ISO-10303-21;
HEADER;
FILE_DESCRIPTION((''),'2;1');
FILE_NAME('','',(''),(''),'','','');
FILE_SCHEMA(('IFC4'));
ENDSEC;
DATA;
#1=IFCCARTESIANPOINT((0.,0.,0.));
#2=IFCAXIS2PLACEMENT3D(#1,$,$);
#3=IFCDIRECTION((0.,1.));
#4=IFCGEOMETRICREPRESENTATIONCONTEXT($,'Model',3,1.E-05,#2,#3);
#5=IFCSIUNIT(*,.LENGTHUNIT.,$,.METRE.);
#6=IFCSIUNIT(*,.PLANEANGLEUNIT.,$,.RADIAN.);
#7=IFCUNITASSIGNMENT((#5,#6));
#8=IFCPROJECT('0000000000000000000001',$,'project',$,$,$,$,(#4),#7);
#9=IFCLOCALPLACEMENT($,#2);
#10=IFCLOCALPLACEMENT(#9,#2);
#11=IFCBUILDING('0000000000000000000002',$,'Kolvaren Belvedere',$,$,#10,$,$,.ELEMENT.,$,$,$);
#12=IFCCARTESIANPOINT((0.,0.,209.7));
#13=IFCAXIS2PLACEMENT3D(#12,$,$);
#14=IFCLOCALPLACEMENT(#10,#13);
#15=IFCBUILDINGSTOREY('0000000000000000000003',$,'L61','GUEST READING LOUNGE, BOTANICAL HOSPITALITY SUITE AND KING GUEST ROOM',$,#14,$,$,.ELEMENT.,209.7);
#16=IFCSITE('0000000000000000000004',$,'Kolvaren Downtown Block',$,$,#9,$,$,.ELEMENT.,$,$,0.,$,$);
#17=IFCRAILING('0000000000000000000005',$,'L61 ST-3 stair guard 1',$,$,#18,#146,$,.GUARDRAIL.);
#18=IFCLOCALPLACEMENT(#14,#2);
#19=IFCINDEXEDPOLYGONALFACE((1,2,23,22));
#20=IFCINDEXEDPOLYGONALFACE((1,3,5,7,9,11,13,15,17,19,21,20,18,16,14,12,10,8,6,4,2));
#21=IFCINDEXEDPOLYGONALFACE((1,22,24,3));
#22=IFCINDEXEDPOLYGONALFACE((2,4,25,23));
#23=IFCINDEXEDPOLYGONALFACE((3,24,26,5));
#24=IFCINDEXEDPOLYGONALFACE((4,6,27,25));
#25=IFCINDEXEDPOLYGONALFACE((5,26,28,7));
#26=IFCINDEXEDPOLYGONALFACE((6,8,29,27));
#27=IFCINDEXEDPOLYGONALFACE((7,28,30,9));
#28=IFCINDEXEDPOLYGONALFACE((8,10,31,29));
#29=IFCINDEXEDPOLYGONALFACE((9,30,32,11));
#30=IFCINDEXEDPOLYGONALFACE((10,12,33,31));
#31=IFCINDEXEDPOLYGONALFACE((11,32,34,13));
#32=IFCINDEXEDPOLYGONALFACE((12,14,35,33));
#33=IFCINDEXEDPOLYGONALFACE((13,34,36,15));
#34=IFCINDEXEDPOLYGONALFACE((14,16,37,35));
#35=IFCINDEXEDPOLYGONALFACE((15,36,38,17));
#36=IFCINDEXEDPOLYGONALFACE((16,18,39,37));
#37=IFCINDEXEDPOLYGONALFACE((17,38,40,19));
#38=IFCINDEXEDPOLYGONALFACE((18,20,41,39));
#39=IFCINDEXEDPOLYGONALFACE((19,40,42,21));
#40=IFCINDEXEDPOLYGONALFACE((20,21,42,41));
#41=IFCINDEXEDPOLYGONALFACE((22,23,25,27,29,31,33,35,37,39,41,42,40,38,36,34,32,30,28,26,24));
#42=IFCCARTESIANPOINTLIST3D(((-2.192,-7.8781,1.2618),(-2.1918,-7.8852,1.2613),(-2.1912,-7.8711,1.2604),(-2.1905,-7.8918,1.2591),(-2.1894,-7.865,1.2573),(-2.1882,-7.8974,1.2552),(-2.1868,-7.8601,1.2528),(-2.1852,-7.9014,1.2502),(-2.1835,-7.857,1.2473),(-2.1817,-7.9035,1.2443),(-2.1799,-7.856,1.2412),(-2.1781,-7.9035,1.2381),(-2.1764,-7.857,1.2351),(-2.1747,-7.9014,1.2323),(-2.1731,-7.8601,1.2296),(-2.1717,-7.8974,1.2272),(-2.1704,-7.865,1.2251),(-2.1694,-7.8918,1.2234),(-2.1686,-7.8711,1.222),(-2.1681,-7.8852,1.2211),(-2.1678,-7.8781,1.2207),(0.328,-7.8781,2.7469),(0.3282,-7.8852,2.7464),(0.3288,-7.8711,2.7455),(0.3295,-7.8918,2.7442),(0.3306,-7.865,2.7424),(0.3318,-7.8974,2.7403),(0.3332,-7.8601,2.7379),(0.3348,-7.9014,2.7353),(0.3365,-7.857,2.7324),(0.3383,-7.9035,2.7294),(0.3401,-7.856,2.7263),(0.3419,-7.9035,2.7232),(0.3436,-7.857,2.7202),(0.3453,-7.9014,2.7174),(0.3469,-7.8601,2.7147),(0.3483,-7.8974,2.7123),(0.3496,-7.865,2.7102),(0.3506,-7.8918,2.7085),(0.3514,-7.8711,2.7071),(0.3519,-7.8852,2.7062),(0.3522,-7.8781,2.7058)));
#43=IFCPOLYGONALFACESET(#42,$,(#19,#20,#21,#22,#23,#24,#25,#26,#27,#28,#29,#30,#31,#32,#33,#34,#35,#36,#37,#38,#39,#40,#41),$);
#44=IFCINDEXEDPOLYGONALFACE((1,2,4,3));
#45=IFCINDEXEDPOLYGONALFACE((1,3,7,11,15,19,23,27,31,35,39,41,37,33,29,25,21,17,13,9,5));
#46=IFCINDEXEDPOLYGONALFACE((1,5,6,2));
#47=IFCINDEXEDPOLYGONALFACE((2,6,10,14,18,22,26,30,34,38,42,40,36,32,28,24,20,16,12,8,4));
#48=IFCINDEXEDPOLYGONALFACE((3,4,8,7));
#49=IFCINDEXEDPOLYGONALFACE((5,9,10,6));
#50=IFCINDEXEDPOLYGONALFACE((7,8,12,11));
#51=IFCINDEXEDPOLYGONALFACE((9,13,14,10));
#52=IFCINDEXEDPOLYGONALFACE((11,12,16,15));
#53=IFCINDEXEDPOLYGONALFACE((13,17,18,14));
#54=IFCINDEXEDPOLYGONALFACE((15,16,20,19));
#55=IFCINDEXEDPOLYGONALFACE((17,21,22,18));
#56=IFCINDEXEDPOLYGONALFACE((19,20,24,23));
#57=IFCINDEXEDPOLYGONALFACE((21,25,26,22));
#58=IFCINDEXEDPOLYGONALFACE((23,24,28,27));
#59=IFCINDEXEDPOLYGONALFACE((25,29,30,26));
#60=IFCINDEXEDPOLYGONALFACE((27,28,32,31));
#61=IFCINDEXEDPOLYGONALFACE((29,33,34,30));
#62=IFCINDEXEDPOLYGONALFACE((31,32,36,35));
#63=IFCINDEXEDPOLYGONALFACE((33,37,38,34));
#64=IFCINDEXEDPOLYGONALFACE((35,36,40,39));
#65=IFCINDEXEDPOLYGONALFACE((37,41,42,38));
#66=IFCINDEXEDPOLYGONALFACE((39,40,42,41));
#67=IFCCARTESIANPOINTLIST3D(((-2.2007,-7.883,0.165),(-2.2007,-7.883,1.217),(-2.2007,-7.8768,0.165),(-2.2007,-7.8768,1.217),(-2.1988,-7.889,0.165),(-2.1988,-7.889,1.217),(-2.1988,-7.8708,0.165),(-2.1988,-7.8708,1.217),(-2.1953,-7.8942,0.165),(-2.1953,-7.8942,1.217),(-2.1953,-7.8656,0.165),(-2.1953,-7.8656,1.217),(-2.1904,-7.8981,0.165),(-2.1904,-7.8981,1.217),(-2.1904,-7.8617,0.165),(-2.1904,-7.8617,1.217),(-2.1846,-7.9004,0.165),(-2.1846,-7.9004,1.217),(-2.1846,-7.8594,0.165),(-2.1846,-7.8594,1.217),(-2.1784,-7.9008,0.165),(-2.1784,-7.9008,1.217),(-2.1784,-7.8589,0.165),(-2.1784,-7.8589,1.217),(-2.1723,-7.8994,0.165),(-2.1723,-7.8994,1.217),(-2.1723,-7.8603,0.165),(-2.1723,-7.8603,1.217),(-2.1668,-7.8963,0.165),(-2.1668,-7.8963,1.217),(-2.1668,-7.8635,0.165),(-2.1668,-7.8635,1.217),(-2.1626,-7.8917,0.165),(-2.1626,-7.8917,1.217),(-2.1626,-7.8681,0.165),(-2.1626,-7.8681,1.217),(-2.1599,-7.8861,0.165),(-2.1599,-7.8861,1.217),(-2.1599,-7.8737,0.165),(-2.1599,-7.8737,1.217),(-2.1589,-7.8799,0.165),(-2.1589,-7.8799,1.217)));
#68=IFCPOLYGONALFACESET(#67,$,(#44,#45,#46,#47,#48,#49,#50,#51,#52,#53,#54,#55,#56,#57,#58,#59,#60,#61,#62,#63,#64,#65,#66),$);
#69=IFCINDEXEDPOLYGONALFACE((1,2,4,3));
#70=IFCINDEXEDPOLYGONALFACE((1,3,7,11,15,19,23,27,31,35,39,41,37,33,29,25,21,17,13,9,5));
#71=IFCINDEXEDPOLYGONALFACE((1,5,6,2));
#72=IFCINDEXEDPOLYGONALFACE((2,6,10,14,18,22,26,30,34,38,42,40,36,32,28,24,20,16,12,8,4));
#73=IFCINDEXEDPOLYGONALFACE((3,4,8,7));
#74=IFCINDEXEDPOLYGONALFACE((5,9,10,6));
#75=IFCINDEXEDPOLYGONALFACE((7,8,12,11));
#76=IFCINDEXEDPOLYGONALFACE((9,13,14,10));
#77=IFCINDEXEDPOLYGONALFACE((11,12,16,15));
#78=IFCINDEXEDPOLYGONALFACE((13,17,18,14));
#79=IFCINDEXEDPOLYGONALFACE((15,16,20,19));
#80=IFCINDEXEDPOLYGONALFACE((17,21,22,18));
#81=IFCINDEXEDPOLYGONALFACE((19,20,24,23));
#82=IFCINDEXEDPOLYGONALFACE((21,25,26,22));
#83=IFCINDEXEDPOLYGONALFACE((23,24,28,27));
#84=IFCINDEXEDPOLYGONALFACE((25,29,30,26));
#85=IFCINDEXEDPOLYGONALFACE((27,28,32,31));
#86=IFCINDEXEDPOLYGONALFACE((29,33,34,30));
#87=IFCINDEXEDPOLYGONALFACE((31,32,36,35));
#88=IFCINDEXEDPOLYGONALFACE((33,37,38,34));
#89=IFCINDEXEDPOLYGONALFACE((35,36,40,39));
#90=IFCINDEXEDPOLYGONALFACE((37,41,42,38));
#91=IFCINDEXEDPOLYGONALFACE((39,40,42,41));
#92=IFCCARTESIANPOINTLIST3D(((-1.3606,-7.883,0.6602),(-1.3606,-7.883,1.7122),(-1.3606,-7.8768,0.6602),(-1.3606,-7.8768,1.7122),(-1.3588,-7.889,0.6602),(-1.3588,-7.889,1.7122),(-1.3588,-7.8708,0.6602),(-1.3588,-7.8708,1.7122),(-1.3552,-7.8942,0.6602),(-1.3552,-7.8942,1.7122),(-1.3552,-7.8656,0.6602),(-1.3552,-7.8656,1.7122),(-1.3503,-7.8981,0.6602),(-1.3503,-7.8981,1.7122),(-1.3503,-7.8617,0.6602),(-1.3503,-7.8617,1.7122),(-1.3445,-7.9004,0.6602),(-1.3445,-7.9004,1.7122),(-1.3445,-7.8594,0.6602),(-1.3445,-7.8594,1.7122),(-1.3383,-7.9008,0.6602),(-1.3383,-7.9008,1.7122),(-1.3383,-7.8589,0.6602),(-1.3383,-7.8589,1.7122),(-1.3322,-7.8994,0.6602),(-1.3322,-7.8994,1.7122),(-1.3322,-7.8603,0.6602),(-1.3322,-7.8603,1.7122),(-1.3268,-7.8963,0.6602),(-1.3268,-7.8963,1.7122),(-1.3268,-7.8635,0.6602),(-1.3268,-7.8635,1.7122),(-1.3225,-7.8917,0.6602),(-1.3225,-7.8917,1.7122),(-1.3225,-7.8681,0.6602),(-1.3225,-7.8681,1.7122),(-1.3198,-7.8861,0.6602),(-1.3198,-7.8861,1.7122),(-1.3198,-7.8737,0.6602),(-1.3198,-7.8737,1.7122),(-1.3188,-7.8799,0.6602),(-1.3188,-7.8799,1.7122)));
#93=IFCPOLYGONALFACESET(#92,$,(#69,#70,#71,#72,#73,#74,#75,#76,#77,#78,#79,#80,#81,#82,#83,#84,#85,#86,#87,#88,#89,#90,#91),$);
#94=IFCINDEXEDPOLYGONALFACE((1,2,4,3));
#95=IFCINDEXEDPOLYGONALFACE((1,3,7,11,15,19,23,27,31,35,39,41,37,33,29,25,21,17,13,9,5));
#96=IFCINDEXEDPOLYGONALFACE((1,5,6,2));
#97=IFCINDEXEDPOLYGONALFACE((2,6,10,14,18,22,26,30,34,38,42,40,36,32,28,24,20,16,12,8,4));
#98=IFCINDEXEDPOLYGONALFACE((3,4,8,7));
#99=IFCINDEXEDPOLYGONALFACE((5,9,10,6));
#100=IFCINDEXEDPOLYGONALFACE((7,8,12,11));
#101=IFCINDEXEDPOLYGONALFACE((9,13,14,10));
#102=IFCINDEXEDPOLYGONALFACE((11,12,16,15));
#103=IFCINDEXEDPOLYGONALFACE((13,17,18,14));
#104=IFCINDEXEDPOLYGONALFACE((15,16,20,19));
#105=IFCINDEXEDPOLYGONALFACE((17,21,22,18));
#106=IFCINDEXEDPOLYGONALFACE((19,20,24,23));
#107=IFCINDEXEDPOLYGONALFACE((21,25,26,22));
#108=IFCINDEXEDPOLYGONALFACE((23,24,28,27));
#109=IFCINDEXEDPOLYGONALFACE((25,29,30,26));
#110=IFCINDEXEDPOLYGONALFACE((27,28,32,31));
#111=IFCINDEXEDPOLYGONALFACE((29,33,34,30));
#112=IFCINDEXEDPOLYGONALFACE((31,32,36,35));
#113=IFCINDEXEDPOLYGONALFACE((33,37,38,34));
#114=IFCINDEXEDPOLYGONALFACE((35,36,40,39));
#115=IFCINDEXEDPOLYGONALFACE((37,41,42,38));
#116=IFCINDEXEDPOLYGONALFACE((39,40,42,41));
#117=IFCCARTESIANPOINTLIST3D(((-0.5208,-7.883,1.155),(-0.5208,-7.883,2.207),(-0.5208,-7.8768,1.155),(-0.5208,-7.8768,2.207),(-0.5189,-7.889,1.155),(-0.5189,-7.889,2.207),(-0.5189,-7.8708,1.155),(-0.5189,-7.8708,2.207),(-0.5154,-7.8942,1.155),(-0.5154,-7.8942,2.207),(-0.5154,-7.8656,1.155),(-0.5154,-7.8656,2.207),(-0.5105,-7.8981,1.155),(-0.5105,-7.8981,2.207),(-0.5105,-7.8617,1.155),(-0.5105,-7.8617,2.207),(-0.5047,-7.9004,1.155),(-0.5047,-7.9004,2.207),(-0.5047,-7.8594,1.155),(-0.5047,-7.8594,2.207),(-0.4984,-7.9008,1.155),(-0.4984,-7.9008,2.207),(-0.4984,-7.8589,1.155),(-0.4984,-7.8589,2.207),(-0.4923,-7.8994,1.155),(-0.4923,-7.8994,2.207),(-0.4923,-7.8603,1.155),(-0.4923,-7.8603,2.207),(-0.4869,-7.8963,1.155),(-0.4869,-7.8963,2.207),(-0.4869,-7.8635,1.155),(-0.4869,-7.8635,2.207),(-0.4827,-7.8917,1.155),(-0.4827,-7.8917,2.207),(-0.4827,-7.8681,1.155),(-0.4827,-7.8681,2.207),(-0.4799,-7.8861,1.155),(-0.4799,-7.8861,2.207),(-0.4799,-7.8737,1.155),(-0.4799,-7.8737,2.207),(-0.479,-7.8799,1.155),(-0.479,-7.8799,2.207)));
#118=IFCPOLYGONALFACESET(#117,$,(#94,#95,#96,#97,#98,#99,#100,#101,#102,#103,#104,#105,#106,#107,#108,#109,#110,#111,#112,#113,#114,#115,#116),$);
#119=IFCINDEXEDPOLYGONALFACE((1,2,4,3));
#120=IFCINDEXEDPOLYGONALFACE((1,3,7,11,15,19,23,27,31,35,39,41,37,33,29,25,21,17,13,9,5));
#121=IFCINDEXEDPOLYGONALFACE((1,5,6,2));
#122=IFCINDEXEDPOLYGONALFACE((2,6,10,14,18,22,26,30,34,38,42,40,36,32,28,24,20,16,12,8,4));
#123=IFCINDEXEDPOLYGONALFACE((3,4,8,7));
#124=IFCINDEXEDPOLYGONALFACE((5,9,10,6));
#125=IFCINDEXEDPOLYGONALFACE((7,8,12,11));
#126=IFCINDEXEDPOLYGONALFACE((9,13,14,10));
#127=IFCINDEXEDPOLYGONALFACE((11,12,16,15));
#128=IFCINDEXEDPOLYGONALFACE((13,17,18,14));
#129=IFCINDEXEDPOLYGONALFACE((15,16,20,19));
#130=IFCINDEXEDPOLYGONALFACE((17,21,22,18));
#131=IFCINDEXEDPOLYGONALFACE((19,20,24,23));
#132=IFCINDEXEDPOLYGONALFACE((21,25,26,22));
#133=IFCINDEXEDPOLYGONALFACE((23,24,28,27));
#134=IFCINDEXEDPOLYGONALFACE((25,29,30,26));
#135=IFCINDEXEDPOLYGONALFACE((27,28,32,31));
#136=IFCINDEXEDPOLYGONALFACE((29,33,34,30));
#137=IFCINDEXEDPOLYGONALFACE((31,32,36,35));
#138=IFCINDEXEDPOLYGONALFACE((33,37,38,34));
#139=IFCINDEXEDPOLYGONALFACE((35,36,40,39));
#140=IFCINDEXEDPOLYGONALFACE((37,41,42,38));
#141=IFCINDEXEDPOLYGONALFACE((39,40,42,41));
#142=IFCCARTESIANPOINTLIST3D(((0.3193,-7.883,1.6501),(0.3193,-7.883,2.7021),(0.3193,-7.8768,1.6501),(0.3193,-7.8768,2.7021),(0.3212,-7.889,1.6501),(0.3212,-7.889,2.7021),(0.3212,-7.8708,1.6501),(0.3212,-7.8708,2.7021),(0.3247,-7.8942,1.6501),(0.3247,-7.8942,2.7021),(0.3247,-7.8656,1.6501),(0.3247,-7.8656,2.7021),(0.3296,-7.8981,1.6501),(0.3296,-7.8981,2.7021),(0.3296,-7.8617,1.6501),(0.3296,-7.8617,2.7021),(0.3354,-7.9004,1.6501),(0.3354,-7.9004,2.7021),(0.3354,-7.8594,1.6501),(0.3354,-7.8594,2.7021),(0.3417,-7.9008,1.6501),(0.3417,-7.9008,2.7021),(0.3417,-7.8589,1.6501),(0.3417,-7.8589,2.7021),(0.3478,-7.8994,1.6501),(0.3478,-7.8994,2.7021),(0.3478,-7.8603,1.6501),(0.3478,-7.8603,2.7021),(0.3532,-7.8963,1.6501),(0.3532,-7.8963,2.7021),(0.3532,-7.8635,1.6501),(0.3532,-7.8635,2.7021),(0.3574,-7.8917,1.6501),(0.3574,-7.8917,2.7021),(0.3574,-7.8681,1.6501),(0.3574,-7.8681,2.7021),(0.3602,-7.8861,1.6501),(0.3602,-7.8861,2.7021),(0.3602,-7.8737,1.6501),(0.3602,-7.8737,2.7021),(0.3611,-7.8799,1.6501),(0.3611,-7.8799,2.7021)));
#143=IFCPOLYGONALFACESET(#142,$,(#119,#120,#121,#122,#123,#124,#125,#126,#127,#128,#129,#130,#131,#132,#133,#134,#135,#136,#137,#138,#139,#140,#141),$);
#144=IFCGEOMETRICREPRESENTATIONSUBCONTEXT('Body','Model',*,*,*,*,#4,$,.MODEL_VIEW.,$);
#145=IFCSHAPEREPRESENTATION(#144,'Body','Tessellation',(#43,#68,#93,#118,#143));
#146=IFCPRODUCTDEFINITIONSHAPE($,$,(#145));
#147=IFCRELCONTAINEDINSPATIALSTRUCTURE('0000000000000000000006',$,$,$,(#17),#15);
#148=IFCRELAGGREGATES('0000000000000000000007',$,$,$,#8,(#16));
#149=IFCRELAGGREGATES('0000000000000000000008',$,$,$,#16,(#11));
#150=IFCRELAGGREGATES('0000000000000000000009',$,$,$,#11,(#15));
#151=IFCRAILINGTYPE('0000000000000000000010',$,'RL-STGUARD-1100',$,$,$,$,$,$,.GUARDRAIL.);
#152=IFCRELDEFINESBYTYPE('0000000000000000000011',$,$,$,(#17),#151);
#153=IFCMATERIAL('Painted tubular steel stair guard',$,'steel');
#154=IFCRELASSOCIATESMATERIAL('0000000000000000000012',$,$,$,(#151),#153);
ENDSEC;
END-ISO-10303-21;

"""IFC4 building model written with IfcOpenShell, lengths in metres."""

from ifc_helpers import new_model, si_unit, direction, frame, origin, origin_2d, place, context, subcontext, project, spatial, circle, extrude, material, type_object, element, save


model = new_model("IFC4")

# Units and contexts
model_context = context("Model", 3, precision=1e-05, world=origin(), true_north=direction((0.0, 1.0)))
body_context = subcontext(model_context, "Body", "Model", "MODEL_VIEW")
ifc_project = project(units=[si_unit("LENGTHUNIT", "METRE"), si_unit("PLANEANGLEUNIT", "RADIAN")], contexts=[model_context])

# Site, building, storey
site_placement = place(None, origin())
site = spatial("IfcSite", under=ifc_project, at=site_placement, Name="Kolvaren Downtown Block", CompositionType="ELEMENT", RefElevation=0.0)
building_placement = place(site_placement, origin())
building = spatial("IfcBuilding", under=site, at=building_placement, Name="Kolvaren Belvedere", CompositionType="ELEMENT")
storey_placement = place(building_placement, frame((0.0, 0.0, 209.7)))
storey = spatial("IfcBuildingStorey", under=building, at=storey_placement, Name="L61", Description="GUEST READING LOUNGE, BOTANICAL HOSPITALITY SUITE AND KING GUEST ROOM", CompositionType="ELEMENT", Elevation=209.7)

# Railing
ifc_material_1 = material(Name="Painted tubular steel stair guard", Category="steel")
railing_type_1 = type_object("IfcRailingType", Name="RL-STGUARD-1100", PredefinedType="GUARDRAIL", material=ifc_material_1)
railing_1_placement = place(storey_placement, frame((-2.1799, -7.8799, 0.165)))
element("IfcRailing", 1, at=railing_1_placement, inside=storey, type_object=railing_type_1, Name="L61 ST-3 stair guard 1", PredefinedType="GUARDRAIL", context=body_context, shape_type="SweptSolid", body=[
    extrude(circle(Radius=0.0239, at=origin_2d()), frame((0.0, 0.0, 1.0762), z_axis=(0.861524, 0.0, 0.507717), x_axis=(0.0, 1.0, 0.0)), (0.0, 0.0, 1.0), 2.925),
    extrude(circle(Radius=0.021, at=origin_2d()), origin(), (0.0, 0.0, 1.0), 1.052),
    extrude(circle(Radius=0.021, at=origin_2d()), frame((0.8401, 0.0, 0.4951)), (0.0, 0.0, 1.0), 1.052),
    extrude(circle(Radius=0.021, at=origin_2d()), frame((1.6799, 0.0, 0.99)), (0.0, 0.0, 1.0), 1.052),
    extrude(circle(Radius=0.021, at=origin_2d()), frame((2.52, 0.0, 1.4851)), (0.0, 0.0, 1.0), 1.052),
])

save(model, "model.ifc")
